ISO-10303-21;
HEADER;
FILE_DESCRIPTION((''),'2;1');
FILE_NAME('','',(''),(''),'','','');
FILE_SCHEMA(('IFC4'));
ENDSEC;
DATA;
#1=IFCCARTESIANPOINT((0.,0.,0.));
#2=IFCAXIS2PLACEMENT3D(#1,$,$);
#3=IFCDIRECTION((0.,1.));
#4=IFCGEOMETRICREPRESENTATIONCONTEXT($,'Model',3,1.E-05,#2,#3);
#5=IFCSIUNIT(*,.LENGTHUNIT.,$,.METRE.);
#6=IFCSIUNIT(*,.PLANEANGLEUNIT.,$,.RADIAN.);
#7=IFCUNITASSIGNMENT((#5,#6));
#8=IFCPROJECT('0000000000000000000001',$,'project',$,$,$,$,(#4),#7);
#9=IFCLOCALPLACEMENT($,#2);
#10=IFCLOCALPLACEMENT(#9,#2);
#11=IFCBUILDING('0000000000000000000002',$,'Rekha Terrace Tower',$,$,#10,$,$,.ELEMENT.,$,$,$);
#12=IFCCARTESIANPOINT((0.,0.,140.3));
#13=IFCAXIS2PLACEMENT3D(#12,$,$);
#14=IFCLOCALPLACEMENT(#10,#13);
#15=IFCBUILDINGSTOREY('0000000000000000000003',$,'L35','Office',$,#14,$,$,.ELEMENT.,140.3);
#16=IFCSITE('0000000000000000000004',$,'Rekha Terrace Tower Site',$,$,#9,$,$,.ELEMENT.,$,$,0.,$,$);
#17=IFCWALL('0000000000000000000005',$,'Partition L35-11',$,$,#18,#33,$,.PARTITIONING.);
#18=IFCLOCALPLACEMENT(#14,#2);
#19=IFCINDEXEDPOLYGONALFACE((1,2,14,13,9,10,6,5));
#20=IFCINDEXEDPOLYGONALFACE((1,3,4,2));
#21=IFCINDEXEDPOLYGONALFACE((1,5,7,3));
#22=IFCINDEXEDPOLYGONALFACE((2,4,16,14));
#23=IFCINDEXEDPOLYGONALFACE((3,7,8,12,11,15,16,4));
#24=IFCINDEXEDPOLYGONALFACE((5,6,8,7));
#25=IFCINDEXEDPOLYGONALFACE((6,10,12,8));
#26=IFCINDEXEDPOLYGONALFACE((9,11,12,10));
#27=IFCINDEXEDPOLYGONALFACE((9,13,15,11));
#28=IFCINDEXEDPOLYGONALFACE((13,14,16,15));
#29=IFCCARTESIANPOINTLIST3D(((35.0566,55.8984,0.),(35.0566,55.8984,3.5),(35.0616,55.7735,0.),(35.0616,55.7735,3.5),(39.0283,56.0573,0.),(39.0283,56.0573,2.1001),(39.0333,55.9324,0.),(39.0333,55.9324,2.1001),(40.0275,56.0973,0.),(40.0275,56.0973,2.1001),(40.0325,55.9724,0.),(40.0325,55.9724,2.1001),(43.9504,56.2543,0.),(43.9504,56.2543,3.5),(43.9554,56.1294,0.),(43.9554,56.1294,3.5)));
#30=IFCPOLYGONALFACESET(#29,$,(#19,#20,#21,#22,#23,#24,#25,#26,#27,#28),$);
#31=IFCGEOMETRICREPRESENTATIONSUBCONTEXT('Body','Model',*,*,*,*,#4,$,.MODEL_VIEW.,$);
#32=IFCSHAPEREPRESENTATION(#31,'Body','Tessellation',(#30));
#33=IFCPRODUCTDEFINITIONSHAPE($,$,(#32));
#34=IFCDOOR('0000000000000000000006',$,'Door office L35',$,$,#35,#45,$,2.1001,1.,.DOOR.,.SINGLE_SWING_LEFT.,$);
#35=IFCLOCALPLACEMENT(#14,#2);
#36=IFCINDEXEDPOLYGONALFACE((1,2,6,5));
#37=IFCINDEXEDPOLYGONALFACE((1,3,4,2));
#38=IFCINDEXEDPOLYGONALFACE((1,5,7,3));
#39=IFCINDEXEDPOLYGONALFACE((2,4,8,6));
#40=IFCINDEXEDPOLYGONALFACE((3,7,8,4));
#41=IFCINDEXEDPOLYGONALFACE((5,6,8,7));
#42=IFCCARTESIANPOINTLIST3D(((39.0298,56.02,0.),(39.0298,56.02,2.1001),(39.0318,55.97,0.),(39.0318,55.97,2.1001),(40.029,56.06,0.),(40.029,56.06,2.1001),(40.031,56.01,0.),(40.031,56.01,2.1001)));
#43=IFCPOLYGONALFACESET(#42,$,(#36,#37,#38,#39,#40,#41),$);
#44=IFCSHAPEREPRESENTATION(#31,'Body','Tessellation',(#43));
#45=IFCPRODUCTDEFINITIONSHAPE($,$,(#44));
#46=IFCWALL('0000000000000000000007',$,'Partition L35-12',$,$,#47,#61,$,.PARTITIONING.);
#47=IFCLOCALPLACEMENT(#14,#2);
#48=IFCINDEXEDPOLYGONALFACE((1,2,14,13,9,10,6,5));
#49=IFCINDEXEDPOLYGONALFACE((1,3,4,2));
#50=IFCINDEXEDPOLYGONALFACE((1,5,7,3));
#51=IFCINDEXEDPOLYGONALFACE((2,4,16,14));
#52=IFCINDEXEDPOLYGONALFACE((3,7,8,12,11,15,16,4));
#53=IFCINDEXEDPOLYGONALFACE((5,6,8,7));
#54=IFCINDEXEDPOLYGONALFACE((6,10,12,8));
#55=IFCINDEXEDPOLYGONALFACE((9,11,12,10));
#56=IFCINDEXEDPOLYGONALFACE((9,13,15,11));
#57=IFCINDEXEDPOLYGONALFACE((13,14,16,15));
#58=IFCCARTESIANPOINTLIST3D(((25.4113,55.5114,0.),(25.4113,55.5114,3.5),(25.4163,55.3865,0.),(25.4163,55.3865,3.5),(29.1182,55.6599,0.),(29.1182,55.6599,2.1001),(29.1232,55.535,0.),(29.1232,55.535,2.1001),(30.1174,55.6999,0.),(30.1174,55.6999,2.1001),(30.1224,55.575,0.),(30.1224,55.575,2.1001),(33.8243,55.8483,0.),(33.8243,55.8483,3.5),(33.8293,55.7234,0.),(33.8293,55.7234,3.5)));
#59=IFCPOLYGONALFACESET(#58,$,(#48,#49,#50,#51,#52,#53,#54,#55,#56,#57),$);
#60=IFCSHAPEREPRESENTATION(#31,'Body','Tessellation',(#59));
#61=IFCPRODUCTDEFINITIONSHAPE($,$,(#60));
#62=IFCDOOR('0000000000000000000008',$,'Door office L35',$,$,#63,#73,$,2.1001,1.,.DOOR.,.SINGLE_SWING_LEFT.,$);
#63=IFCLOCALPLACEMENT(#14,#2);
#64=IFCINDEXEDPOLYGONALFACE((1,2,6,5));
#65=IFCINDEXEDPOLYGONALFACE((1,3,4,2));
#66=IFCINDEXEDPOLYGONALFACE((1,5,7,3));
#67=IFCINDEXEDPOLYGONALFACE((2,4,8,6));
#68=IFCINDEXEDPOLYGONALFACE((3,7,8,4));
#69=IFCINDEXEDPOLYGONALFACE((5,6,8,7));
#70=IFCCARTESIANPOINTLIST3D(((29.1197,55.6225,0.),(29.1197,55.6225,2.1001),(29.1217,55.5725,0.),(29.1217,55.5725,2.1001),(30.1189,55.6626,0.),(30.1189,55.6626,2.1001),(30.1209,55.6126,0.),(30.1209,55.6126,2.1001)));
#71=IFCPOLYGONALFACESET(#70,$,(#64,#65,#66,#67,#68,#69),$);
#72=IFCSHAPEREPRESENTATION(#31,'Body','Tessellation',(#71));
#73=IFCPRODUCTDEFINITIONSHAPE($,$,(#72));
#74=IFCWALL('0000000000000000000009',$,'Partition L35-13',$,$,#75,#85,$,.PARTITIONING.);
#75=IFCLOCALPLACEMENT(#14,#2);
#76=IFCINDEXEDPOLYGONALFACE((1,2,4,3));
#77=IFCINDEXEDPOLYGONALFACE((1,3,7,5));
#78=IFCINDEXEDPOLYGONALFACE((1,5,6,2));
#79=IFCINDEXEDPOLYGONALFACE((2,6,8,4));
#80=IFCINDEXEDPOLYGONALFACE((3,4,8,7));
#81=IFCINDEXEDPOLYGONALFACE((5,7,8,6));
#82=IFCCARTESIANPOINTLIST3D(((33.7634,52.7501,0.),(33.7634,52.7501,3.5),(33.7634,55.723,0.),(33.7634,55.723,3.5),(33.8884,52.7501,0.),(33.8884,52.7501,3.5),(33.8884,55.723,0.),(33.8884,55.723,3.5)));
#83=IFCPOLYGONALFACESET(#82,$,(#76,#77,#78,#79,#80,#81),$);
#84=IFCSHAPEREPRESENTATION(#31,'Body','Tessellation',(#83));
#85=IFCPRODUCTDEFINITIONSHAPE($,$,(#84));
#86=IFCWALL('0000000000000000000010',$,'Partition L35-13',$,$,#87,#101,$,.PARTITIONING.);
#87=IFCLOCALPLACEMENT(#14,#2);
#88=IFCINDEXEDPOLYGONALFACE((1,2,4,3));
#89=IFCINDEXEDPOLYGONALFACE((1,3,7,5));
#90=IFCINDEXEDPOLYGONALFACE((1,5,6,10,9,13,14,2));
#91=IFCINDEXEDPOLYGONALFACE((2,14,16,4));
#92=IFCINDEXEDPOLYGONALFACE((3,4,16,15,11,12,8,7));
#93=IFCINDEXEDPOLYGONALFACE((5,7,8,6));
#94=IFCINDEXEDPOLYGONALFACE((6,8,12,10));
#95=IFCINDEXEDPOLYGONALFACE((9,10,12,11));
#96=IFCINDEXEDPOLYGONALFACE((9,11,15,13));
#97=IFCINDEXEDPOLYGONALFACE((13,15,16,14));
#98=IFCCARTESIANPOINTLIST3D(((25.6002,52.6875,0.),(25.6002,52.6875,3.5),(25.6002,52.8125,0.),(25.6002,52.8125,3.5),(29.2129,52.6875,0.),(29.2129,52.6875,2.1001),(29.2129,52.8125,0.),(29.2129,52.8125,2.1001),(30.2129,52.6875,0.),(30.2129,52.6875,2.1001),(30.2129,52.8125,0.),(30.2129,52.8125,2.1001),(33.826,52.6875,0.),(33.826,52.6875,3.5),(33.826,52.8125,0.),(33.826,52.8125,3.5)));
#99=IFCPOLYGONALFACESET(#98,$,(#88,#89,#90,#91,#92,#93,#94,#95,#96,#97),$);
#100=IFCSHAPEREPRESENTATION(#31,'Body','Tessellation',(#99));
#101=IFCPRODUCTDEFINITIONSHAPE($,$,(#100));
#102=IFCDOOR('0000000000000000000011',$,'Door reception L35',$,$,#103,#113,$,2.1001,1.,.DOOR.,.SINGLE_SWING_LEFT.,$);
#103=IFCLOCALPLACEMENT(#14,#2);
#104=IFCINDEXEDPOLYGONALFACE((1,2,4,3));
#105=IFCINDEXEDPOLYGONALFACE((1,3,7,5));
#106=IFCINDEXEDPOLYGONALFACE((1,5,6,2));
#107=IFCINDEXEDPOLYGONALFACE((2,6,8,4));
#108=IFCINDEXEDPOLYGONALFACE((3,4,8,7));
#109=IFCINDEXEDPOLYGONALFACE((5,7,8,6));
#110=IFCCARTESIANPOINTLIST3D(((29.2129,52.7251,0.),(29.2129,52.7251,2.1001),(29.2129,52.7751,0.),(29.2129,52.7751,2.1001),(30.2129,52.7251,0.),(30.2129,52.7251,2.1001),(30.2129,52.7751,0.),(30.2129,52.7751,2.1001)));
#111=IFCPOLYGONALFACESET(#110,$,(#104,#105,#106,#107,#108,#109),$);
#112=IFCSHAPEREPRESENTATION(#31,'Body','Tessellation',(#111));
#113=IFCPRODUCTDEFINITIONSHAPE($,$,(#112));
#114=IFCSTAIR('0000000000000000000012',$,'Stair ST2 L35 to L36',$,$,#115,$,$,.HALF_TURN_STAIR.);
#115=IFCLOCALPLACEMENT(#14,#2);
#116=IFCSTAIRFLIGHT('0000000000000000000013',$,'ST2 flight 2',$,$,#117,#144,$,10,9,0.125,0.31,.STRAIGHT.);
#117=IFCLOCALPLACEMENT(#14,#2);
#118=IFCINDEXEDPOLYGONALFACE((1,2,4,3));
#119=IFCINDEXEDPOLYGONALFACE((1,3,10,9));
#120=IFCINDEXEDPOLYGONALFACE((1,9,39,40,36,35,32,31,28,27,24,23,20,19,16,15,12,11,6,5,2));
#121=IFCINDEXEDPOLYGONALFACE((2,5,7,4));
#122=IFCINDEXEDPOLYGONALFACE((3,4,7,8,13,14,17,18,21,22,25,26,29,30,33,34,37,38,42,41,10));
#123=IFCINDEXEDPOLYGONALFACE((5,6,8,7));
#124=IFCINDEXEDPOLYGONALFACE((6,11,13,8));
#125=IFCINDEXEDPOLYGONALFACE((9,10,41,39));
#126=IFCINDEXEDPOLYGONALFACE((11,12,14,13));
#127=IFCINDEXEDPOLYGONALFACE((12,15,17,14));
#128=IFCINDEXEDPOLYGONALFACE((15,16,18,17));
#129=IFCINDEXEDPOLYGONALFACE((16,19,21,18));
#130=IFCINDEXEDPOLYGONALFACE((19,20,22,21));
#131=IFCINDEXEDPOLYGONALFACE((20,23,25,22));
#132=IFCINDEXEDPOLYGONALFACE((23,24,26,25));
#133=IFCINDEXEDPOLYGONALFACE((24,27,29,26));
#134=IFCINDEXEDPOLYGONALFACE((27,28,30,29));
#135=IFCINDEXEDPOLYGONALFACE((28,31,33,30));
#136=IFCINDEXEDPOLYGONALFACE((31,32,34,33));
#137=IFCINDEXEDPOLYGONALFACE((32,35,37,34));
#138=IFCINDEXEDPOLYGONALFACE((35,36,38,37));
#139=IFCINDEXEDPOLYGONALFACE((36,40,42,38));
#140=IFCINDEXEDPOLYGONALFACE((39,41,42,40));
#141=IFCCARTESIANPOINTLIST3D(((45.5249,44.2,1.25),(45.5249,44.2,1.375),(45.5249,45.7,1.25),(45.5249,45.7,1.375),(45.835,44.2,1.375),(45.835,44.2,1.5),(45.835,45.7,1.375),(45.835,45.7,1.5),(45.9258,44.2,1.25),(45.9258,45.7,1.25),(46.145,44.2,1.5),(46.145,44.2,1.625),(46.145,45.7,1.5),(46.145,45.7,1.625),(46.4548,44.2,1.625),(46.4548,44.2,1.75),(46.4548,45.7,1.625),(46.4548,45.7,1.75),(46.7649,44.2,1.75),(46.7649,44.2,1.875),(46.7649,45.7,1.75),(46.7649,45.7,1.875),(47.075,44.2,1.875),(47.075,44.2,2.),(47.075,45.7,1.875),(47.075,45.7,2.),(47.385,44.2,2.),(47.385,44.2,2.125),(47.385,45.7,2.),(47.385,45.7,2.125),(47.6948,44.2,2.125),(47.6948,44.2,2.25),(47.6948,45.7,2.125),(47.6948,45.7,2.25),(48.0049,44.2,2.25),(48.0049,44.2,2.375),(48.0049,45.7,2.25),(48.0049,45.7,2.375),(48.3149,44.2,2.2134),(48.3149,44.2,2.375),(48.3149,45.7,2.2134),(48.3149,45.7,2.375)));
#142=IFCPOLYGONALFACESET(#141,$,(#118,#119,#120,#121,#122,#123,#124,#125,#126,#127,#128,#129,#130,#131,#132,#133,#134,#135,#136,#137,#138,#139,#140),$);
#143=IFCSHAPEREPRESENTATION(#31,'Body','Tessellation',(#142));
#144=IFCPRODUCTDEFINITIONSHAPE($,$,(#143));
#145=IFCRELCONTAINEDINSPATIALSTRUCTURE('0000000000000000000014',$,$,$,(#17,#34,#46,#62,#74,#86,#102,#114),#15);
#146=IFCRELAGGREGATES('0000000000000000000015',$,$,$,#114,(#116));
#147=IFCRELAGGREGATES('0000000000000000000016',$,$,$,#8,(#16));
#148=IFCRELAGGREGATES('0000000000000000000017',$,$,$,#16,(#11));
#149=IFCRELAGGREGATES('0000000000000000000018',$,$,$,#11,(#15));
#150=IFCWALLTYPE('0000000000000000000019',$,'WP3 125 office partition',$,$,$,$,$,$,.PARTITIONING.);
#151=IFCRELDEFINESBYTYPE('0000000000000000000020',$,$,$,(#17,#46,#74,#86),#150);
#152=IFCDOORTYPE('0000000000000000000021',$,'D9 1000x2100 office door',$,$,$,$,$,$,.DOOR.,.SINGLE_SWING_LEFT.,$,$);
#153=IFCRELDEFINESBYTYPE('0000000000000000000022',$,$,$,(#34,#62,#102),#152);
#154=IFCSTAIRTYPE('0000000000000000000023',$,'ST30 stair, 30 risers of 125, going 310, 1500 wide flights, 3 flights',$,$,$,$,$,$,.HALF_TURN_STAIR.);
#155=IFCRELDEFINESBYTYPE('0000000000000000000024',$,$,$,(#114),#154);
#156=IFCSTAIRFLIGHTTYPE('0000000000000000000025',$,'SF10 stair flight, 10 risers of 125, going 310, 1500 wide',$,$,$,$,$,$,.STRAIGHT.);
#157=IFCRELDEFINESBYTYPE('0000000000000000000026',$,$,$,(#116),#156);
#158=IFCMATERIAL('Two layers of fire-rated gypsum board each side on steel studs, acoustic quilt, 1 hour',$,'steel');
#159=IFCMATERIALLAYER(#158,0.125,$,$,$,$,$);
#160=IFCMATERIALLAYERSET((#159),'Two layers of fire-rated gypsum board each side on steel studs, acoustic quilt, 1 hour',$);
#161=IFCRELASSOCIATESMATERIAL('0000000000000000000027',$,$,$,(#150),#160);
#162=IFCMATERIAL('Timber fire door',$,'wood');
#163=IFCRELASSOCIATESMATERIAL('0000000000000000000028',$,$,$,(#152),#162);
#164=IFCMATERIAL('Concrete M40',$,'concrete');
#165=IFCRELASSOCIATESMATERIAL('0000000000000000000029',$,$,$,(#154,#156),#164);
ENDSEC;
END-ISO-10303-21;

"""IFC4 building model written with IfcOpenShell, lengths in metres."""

from ifc_helpers import new_model, si_unit, direction, frame, frame_2d, origin, place, context, subcontext, project, spatial, polyline, rectangle, outline, extrude, material, layer, layer_set, type_object, element, fill, aggregate, save


model = new_model("IFC4")

# Units and contexts
model_context = context("Model", 3, precision=1e-05, world=origin(), true_north=direction((0.0, 1.0)))
body_context = subcontext(model_context, "Body", "Model", "MODEL_VIEW")
ifc_project = project(units=[si_unit("LENGTHUNIT", "METRE"), si_unit("PLANEANGLEUNIT", "RADIAN")], contexts=[model_context])

# Site, building, storey
site_placement = place(None, origin())
site = spatial("IfcSite", under=ifc_project, at=site_placement, Name="Rekha Terrace Tower Site", CompositionType="ELEMENT", RefElevation=0.0)
building_placement = place(site_placement, origin())
building = spatial("IfcBuilding", under=site, at=building_placement, Name="Rekha Terrace Tower", CompositionType="ELEMENT")
storey_placement = place(building_placement, frame((0.0, 0.0, 140.3)))
storey = spatial("IfcBuildingStorey", under=building, at=storey_placement, Name="L35", Description="Office", CompositionType="ELEMENT", Elevation=140.3)

# Shared definitions
ifc_material_1 = material(Name="Two layers of fire-rated gypsum board each side on steel studs, acoustic quilt, 1 hour", Category="steel")
ifc_layer_1 = layer(ifc_material_1, 0.125)
ifc_layer_set_1 = layer_set([ifc_layer_1], Name="Two layers of fire-rated gypsum board each side on steel studs, acoustic quilt, 1 hour")
wall_type_1 = type_object("IfcWallType", Name="WP3 125 office partition", PredefinedType="PARTITIONING", material=ifc_layer_set_1)

# Walls, openings, doors
wall_1_placement = place(storey_placement, frame((43.9529, 56.1919, 0.0), z_axis=(0.0, 0.0, 1.0), x_axis=(-0.9992, -0.039991, 0.0)))
wall_1 = element("IfcWall", 1, at=wall_1_placement, inside=storey, type_object=wall_type_1, Name="Partition L35-11", PredefinedType="PARTITIONING", context=body_context, shape_type="SweptSolid", body=[
    extrude(rectangle(XDim=8.9009, YDim=0.125, at=frame_2d((4.4504, 0.0))), origin(), (0.0, 0.0, 1.0), 3.5),
])
opening_1_placement = place(wall_1_placement, frame((3.926, 0.0, 0.0)))
opening_1 = element("IfcOpeningElement", 2, at=opening_1_placement, cuts=wall_1, PredefinedType="OPENING", context=body_context, shape_type="SweptSolid", body=[
    extrude(rectangle(XDim=1.0, YDim=2.1001, at=frame_2d((0.5, 1.05))), frame((0.0, 0.0725, 0.0), z_axis=(0.0, -1.0, 0.0), x_axis=(1.0, 0.0, 0.0)), (0.0, 0.0, 1.0), 0.145),
])
ifc_material_2 = material(Name="Timber fire door", Category="wood")
door_type_1 = type_object("IfcDoorType", Name="D9 1000x2100 office door", OperationType="SINGLE_SWING_LEFT", PredefinedType="DOOR", material=ifc_material_2)
door_1_placement = place(opening_1_placement, origin())
door_1 = element("IfcDoor", 3, at=door_1_placement, inside=storey, type_object=door_type_1, Name="Door office L35", OperationType="SINGLE_SWING_LEFT", OverallHeight=2.1001, OverallWidth=1.0, PredefinedType="DOOR", context=body_context, shape_type="SweptSolid", body=[
    extrude(rectangle(XDim=1.0, YDim=2.1001, at=frame_2d((0.5, 1.05))), frame((0.0, 0.0249, 0.0), z_axis=(0.0, -1.0, 0.0), x_axis=(1.0, 0.0, 0.0)), (0.0, 0.0, 1.0), 0.05),
])
fill(opening_1, door_1)
wall_2_placement = place(storey_placement, frame((33.8269, 55.7859, 0.0), z_axis=(0.0, 0.0, 1.0), x_axis=(-0.999199, -0.040016, 0.0)))
wall_2 = element("IfcWall", 4, at=wall_2_placement, inside=storey, type_object=wall_type_1, Name="Partition L35-12", PredefinedType="PARTITIONING", context=body_context, shape_type="SweptSolid", body=[
    extrude(rectangle(XDim=8.4197, YDim=0.125, at=frame_2d((4.21, 0.0))), origin(), (0.0, 0.0, 1.0), 3.5),
])
opening_2_placement = place(wall_2_placement, frame((3.71, 0.0, 0.0)))
opening_2 = element("IfcOpeningElement", 5, at=opening_2_placement, cuts=wall_2, PredefinedType="OPENING", context=body_context, shape_type="SweptSolid", body=[
    extrude(rectangle(XDim=1.0, YDim=2.1001, at=frame_2d((0.5, 1.05))), frame((0.0, 0.0725, 0.0), z_axis=(0.0, -1.0, 0.0), x_axis=(1.0, 0.0, 0.0)), (0.0, 0.0, 1.0), 0.145),
])
door_2_placement = place(opening_2_placement, origin())
door_2 = element("IfcDoor", 6, at=door_2_placement, inside=storey, type_object=door_type_1, Name="Door office L35", OperationType="SINGLE_SWING_LEFT", OverallHeight=2.1001, OverallWidth=1.0, PredefinedType="DOOR", context=body_context, shape_type="SweptSolid", body=[
    extrude(rectangle(XDim=1.0, YDim=2.1001, at=frame_2d((0.5, 1.05))), frame((0.0, 0.0249, 0.0), z_axis=(0.0, -1.0, 0.0), x_axis=(1.0, 0.0, 0.0)), (0.0, 0.0, 1.0), 0.05),
])
fill(opening_2, door_2)

# Wall
wall_3_placement = place(storey_placement, frame((33.8259, 55.7229, 0.0), z_axis=(0.0, 0.0, 1.0), x_axis=(0.0, -1.0, 0.0)))
element("IfcWall", 7, at=wall_3_placement, inside=storey, type_object=wall_type_1, Name="Partition L35-13", PredefinedType="PARTITIONING", context=body_context, shape_type="SweptSolid", body=[
    extrude(rectangle(XDim=2.9729, YDim=0.125, at=frame_2d((1.4863, 0.0))), origin(), (0.0, 0.0, 1.0), 3.5),
])

# Wall, opening, door
wall_4_placement = place(storey_placement, frame((33.8259, 52.75, 0.0), z_axis=(0.0, 0.0, 1.0), x_axis=(-1.0, 0.0, 0.0)))
wall_4 = element("IfcWall", 8, at=wall_4_placement, inside=storey, type_object=wall_type_1, Name="Partition L35-13", PredefinedType="PARTITIONING", context=body_context, shape_type="SweptSolid", body=[
    extrude(rectangle(XDim=8.2258, YDim=0.125, at=frame_2d((4.1128, 0.0))), origin(), (0.0, 0.0, 1.0), 3.5),
])
opening_3_placement = place(wall_4_placement, frame((3.613, 0.0, 0.0)))
opening_3 = element("IfcOpeningElement", 9, at=opening_3_placement, cuts=wall_4, PredefinedType="OPENING", context=body_context, shape_type="SweptSolid", body=[
    extrude(rectangle(XDim=1.0, YDim=2.1001, at=frame_2d((0.5, 1.05))), frame((0.0, 0.0725, 0.0), z_axis=(0.0, -1.0, 0.0), x_axis=(1.0, 0.0, 0.0)), (0.0, 0.0, 1.0), 0.145),
])
door_3_placement = place(opening_3_placement, origin())
door_3 = element("IfcDoor", 10, at=door_3_placement, inside=storey, type_object=door_type_1, Name="Door reception L35", OperationType="SINGLE_SWING_LEFT", OverallHeight=2.1001, OverallWidth=1.0, PredefinedType="DOOR", context=body_context, shape_type="SweptSolid", body=[
    extrude(rectangle(XDim=1.0, YDim=2.1001, at=frame_2d((0.5, 1.05))), frame((0.0, 0.0249, 0.0), z_axis=(0.0, -1.0, 0.0), x_axis=(1.0, 0.0, 0.0)), (0.0, 0.0, 1.0), 0.05),
])
fill(opening_3, door_3)

# Stair, stair flight
ifc_material_3 = material(Name="Concrete M40", Category="concrete")
stair_type = type_object("IfcStairType", Name="ST30 stair, 30 risers of 125, going 310, 1500 wide flights, 3 flights", PredefinedType="HALF_TURN_STAIR", material=ifc_material_3)
stair_placement = place(storey_placement, origin())
stair = element("IfcStair", 11, at=stair_placement, inside=storey, type_object=stair_type, Name="Stair ST2 L35 to L36", PredefinedType="HALF_TURN_STAIR")
stair_flight_type = type_object("IfcStairFlightType", Name="SF10 stair flight, 10 risers of 125, going 310, 1500 wide", PredefinedType="STRAIGHT", material=ifc_material_3)
stair_flight_placement = place(storey_placement, frame((45.5249, 44.95, 1.25), z_axis=(0.0, 0.0, 1.0), x_axis=(1.0, 0.0, 0.0)))
stair_flight = element("IfcStairFlight", 12, at=stair_flight_placement, type_object=stair_flight_type, Name="ST2 flight 2", NumberOfRisers=10, NumberOfTreads=9, PredefinedType="STRAIGHT", RiserHeight=0.125, TreadLength=0.31, context=body_context, shape_type="SweptSolid", body=[
    extrude(outline(polyline([(0.0, 0.0), (0.0, 0.125), (0.3101, 0.125), (0.3101, 0.25), (0.6201, 0.25), (0.6201, 0.375), (0.9299, 0.375), (0.9299, 0.5), (1.24, 0.5), (1.24, 0.625), (1.55, 0.625), (1.55, 0.75), (1.8601, 0.75), (1.8601, 0.875), (2.1699, 0.875), (2.1699, 1.0), (2.48, 1.0), (2.48, 1.125), (2.79, 1.125), (2.79, 1.25), (2.79, 0.9634), (0.4009, 0.0), (0.0, 0.0)])), frame((0.0, 0.75, 0.0), z_axis=(0.0, -1.0, 0.0), x_axis=(1.0, 0.0, 0.0)), (0.0, 0.0, 1.0), 1.5),
])
aggregate(stair, [stair_flight])

save(model, "model.ifc")
